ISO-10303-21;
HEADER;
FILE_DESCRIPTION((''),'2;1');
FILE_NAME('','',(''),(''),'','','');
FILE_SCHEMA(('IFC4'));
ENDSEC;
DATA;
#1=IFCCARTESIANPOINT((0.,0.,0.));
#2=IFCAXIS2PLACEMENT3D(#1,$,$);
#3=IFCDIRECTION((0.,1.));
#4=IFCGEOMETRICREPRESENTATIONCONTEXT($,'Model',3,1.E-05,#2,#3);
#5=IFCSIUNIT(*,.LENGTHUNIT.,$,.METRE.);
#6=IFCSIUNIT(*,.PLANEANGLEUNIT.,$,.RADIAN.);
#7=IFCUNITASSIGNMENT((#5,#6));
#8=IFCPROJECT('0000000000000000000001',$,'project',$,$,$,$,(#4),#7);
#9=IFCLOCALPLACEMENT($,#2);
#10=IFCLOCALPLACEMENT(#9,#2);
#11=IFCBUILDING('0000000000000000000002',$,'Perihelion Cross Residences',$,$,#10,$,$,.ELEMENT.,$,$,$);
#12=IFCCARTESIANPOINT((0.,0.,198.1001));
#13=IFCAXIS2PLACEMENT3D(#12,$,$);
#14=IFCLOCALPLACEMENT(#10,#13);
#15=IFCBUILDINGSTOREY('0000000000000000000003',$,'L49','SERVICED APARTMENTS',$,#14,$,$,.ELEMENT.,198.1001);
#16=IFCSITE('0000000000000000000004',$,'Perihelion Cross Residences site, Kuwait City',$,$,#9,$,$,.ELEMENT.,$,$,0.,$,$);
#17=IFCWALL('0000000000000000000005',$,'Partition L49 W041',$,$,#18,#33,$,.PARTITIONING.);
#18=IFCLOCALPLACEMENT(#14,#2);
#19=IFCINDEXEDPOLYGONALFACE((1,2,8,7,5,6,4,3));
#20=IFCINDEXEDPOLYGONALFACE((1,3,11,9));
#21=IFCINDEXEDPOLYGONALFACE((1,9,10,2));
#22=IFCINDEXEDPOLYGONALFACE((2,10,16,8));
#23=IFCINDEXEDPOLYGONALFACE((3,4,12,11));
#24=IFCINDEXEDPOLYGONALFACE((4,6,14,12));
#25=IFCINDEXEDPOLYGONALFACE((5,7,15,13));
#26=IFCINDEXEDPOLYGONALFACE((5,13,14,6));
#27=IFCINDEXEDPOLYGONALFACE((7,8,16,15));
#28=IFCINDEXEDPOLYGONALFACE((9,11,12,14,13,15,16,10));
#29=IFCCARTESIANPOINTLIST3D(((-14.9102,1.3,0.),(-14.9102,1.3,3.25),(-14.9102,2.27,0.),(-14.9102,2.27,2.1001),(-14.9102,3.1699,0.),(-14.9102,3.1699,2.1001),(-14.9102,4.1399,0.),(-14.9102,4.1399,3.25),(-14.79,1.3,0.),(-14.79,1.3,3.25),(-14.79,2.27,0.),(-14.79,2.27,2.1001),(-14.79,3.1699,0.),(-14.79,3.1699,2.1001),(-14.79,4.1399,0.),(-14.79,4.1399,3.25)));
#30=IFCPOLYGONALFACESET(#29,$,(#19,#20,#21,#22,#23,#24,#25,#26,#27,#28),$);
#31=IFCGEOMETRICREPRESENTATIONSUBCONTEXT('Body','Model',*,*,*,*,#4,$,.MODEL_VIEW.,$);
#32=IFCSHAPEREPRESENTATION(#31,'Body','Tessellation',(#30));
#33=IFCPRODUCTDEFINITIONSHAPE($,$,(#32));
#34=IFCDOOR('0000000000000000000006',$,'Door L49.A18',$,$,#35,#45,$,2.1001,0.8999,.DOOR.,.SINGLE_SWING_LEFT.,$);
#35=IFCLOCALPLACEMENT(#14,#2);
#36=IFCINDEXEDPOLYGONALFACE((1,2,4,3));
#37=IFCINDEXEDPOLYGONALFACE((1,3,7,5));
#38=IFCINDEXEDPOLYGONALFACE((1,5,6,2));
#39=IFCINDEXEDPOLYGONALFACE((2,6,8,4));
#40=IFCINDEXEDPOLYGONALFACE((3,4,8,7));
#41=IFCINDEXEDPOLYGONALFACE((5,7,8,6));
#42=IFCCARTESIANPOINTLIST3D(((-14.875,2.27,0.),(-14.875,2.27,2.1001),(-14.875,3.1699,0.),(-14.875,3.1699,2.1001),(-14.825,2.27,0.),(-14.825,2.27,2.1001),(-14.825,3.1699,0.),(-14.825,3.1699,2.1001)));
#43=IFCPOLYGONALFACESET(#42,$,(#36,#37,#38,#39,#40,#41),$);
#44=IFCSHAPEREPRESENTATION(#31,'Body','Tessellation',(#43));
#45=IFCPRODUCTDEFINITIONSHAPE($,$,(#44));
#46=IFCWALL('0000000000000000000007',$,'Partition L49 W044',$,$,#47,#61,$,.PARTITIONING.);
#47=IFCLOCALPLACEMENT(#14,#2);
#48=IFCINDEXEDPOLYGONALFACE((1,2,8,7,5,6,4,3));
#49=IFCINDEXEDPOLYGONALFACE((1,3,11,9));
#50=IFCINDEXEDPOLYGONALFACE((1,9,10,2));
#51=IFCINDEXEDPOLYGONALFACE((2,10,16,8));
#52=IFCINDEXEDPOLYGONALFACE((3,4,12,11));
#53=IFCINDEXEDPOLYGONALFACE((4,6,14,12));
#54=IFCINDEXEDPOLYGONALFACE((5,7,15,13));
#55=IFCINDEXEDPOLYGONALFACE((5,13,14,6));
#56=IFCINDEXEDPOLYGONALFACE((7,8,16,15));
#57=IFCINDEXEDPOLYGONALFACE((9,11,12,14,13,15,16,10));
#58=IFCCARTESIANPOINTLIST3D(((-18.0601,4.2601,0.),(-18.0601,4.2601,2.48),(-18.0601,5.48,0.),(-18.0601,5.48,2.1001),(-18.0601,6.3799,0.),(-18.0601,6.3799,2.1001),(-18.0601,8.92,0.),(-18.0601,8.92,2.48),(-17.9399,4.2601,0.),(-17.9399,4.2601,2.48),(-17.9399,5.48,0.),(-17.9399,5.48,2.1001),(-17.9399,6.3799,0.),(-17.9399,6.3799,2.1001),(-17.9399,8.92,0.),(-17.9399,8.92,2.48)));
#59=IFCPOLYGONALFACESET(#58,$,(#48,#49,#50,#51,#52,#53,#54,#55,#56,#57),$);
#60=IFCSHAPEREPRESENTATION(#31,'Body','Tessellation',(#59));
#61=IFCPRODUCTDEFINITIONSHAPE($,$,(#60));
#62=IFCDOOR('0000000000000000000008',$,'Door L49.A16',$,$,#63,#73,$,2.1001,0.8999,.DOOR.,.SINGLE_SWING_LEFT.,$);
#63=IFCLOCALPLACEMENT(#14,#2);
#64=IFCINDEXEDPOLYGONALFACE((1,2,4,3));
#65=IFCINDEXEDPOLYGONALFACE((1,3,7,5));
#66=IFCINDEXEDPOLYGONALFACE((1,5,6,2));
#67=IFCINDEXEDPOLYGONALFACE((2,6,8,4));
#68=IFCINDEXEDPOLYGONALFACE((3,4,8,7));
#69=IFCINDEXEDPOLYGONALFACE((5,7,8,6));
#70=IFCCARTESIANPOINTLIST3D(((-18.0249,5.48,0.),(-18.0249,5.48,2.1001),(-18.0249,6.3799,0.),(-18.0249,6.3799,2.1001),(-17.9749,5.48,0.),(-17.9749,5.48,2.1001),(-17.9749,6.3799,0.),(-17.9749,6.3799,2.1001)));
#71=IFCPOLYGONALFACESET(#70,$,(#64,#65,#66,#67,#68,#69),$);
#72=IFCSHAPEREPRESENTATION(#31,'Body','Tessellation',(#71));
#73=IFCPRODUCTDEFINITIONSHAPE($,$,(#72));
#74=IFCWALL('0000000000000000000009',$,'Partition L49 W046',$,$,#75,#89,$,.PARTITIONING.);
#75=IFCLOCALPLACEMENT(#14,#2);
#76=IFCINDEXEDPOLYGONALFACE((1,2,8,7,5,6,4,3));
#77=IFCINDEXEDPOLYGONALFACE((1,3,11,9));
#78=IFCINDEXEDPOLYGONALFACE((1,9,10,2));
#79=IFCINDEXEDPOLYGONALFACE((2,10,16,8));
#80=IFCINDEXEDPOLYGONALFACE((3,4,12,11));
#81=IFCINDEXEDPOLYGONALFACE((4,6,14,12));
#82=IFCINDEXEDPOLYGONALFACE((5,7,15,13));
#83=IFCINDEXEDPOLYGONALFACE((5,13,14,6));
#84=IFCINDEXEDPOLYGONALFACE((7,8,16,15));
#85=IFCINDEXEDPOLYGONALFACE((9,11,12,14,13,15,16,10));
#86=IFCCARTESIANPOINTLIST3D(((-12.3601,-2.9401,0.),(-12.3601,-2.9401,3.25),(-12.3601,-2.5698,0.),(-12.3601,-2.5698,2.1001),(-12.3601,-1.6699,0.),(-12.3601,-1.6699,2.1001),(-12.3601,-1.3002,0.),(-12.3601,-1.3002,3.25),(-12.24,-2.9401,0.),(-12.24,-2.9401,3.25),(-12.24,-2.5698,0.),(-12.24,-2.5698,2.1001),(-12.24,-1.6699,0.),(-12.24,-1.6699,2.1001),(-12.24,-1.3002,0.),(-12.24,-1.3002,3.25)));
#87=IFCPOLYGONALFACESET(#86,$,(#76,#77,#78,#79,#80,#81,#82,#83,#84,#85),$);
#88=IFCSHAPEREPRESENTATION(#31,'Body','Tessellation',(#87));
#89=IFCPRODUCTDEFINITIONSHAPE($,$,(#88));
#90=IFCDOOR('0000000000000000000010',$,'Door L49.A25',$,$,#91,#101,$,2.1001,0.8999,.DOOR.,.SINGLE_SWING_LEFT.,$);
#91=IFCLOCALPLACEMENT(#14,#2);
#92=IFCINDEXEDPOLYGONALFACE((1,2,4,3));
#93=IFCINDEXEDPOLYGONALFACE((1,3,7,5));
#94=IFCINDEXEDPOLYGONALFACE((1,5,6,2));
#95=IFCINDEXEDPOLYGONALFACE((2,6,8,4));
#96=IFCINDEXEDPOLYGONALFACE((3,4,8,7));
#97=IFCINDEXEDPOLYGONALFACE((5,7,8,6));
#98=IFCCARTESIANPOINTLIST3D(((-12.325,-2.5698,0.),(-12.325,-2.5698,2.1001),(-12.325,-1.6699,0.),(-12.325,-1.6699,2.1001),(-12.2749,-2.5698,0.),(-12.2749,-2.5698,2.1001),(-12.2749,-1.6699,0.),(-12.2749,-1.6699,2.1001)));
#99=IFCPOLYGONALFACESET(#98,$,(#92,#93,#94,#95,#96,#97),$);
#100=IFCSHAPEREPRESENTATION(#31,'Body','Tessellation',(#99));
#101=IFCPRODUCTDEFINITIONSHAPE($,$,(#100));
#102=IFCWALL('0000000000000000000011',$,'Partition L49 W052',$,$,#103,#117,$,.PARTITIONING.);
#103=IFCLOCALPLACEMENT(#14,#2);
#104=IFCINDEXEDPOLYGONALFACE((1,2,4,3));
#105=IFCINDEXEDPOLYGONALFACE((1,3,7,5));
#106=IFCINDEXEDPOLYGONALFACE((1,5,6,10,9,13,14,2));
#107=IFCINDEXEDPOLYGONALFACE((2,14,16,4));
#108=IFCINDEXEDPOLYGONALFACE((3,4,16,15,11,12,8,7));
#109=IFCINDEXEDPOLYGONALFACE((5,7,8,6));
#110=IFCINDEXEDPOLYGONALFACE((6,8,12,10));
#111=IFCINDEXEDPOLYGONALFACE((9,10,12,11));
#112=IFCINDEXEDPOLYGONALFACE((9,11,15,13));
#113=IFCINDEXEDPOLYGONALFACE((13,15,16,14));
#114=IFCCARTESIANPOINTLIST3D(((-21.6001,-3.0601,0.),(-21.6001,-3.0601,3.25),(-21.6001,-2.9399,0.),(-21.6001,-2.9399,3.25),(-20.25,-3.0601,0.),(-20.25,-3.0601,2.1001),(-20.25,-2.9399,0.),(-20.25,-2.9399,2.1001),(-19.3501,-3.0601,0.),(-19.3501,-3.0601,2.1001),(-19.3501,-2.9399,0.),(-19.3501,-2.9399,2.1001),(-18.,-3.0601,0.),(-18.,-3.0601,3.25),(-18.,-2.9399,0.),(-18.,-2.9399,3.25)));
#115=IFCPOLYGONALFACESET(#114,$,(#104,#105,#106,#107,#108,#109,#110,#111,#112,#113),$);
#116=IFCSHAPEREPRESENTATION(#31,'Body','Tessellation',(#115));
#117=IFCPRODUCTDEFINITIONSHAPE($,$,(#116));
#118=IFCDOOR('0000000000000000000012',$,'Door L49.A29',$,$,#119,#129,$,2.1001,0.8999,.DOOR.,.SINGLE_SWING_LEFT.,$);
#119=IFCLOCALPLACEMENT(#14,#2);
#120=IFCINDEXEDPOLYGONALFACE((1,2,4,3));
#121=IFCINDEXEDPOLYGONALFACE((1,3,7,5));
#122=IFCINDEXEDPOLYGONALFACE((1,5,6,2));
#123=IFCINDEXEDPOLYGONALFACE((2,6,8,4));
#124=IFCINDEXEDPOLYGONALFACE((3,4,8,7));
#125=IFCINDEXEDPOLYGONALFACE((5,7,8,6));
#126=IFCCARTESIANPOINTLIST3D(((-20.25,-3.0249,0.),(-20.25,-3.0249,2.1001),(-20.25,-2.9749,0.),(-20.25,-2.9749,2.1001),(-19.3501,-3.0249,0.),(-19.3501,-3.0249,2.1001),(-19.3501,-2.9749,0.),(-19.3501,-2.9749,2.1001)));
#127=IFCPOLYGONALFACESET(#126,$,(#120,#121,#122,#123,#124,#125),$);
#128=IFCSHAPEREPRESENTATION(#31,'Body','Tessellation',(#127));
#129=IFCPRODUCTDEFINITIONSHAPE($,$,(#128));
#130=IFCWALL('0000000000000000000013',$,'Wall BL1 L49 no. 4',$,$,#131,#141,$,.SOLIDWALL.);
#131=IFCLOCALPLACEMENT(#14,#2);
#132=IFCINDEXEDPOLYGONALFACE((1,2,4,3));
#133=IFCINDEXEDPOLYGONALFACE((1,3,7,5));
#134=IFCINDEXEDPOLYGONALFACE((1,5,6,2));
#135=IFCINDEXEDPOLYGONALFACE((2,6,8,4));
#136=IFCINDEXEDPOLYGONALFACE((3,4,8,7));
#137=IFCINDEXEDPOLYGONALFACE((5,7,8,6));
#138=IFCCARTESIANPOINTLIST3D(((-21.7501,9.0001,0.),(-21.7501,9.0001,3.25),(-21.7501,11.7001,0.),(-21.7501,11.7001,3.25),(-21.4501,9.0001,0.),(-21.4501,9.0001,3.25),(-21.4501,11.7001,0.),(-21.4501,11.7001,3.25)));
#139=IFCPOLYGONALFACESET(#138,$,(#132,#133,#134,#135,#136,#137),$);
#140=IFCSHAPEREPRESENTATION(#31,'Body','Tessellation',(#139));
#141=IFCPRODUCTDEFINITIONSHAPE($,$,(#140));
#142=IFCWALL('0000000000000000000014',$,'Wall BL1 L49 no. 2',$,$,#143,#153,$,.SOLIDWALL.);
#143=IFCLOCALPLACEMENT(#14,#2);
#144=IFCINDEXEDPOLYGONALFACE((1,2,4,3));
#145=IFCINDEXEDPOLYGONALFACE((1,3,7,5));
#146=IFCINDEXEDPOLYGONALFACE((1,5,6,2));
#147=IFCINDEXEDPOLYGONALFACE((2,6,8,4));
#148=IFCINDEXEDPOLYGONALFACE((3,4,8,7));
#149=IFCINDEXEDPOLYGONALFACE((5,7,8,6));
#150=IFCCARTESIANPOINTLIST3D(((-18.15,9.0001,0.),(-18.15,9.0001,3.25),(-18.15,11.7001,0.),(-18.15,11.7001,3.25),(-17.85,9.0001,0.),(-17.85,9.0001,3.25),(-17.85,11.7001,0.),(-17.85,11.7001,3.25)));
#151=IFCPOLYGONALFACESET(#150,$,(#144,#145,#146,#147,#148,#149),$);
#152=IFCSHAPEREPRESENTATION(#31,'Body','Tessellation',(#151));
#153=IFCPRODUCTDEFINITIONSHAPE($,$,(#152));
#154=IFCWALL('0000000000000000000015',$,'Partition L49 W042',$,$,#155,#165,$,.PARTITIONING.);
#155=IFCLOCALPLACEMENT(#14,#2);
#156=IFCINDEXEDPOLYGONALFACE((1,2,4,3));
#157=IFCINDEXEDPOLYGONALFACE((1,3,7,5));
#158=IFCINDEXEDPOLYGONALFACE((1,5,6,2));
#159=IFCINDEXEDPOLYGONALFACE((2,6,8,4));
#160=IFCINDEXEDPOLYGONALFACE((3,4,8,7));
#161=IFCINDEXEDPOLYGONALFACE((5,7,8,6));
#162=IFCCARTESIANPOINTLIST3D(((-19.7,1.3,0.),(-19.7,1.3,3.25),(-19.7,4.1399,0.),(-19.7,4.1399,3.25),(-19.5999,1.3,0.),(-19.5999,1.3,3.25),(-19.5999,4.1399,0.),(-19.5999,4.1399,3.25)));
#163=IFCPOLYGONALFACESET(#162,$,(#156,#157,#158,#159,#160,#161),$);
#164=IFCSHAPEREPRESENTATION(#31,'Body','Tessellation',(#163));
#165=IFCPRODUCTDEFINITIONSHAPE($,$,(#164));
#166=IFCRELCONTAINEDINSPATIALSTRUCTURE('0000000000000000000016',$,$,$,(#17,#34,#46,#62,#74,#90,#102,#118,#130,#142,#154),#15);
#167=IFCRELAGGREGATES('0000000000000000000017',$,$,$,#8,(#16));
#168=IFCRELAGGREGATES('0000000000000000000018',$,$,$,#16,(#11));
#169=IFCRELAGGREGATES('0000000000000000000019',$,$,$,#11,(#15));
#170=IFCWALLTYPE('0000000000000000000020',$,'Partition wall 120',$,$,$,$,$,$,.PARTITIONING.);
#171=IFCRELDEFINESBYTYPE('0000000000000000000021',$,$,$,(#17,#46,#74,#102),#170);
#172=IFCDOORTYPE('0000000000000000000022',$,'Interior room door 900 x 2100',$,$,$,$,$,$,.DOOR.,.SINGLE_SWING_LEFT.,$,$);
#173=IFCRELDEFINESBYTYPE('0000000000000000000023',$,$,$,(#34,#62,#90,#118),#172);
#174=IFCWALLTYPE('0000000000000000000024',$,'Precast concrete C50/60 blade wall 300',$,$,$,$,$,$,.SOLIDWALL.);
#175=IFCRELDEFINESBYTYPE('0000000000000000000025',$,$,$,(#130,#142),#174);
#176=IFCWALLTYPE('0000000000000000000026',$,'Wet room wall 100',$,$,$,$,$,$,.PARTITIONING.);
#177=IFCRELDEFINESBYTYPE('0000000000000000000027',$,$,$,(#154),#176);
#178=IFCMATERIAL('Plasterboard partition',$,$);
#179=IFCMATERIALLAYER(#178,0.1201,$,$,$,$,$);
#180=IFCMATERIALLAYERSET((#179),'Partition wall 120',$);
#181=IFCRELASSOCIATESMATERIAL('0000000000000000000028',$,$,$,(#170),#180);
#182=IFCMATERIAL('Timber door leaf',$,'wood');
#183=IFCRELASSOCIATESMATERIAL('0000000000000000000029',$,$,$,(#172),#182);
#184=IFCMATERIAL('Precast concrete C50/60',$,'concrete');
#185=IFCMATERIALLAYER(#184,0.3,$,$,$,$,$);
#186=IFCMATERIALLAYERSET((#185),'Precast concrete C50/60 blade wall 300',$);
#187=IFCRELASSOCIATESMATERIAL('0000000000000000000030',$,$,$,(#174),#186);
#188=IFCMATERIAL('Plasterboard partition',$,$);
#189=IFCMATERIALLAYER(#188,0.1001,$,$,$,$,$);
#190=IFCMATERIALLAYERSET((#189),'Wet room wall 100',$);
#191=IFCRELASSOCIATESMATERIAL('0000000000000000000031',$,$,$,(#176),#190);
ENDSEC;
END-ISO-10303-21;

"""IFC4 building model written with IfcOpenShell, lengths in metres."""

from ifc_helpers import new_model, si_unit, direction, frame, frame_2d, origin, place, context, subcontext, project, spatial, rectangle, extrude, material, layer, layer_set, type_object, element, fill, save


model = new_model("IFC4")

# Units and contexts
model_context = context("Model", 3, precision=1e-05, world=origin(), true_north=direction((0.0, 1.0)))
body_context = subcontext(model_context, "Body", "Model", "MODEL_VIEW")
ifc_project = project(units=[si_unit("LENGTHUNIT", "METRE"), si_unit("PLANEANGLEUNIT", "RADIAN")], contexts=[model_context])

# Site, building, storey
site_placement = place(None, origin())
site = spatial("IfcSite", under=ifc_project, at=site_placement, Name="Perihelion Cross Residences site, Kuwait City", CompositionType="ELEMENT", RefElevation=0.0)
building_placement = place(site_placement, origin())
building = spatial("IfcBuilding", under=site, at=building_placement, Name="Perihelion Cross Residences", CompositionType="ELEMENT")
storey_placement = place(building_placement, frame((0.0, 0.0, 198.1001)))
storey = spatial("IfcBuildingStorey", under=building, at=storey_placement, Name="L49", Description="SERVICED APARTMENTS", CompositionType="ELEMENT", Elevation=198.1001)

# Walls, openings, doors
ifc_material_1 = material(Name="Plasterboard partition")
ifc_layer_1 = layer(ifc_material_1, 0.1201)
ifc_layer_set_1 = layer_set([ifc_layer_1], Name="Partition wall 120")
wall_type_1 = type_object("IfcWallType", Name="Partition wall 120", PredefinedType="PARTITIONING", material=ifc_layer_set_1)
ifc_material_2 = material(Name="Timber door leaf", Category="wood")
door_type_1 = type_object("IfcDoorType", Name="Interior room door 900 x 2100", OperationType="SINGLE_SWING_LEFT", PredefinedType="DOOR", material=ifc_material_2)
wall_1_placement = place(storey_placement, frame((-14.8501, 1.3, 0.0), z_axis=(0.0, 0.0, 1.0), x_axis=(0.0, 1.0, 0.0)))
wall_1 = element("IfcWall", 1, at=wall_1_placement, inside=storey, type_object=wall_type_1, Name="Partition L49 W041", PredefinedType="PARTITIONING", context=body_context, shape_type="SweptSolid", body=[
    extrude(rectangle(XDim=2.8398, YDim=0.1201, at=frame_2d((1.4199, 0.0))), origin(), (0.0, 0.0, 1.0), 3.25),
])
opening_1_placement = place(wall_1_placement, frame((0.97, 0.0, 0.0)))
opening_1 = element("IfcOpeningElement", 2, at=opening_1_placement, cuts=wall_1, PredefinedType="OPENING", context=body_context, shape_type="SweptSolid", body=[
    extrude(rectangle(XDim=0.8999, YDim=2.1001, at=frame_2d((0.45, 1.05))), frame((0.0, 0.0701, 0.0), z_axis=(0.0, -1.0, 0.0), x_axis=(1.0, 0.0, 0.0)), (0.0, 0.0, 1.0), 0.1401),
])
door_1_placement = place(opening_1_placement, origin())
door_1 = element("IfcDoor", 3, at=door_1_placement, inside=storey, type_object=door_type_1, Name="Door L49.A18", OperationType="SINGLE_SWING_LEFT", OverallHeight=2.1001, OverallWidth=0.8999, PredefinedType="DOOR", context=body_context, shape_type="SweptSolid", body=[
    extrude(rectangle(XDim=0.8999, YDim=2.1001, at=frame_2d((0.45, 1.05))), frame((0.0, 0.0249, 0.0), z_axis=(0.0, -1.0, 0.0), x_axis=(1.0, 0.0, 0.0)), (0.0, 0.0, 1.0), 0.05),
])
fill(opening_1, door_1)
wall_2_placement = place(storey_placement, frame((-18.0, 4.26, 0.0), z_axis=(0.0, 0.0, 1.0), x_axis=(0.0, 1.0, 0.0)))
wall_2 = element("IfcWall", 4, at=wall_2_placement, inside=storey, type_object=wall_type_1, Name="Partition L49 W044", PredefinedType="PARTITIONING", context=body_context, shape_type="SweptSolid", body=[
    extrude(rectangle(XDim=4.6599, YDim=0.1201, at=frame_2d((2.3301, 0.0))), origin(), (0.0, 0.0, 1.0), 2.48),
])
opening_2_placement = place(wall_2_placement, frame((1.22, 0.0, 0.0)))
opening_2 = element("IfcOpeningElement", 5, at=opening_2_placement, cuts=wall_2, PredefinedType="OPENING", context=body_context, shape_type="SweptSolid", body=[
    extrude(rectangle(XDim=0.8999, YDim=2.1001, at=frame_2d((0.45, 1.05))), frame((0.0, 0.0701, 0.0), z_axis=(0.0, -1.0, 0.0), x_axis=(1.0, 0.0, 0.0)), (0.0, 0.0, 1.0), 0.1401),
])
door_2_placement = place(opening_2_placement, origin())
door_2 = element("IfcDoor", 6, at=door_2_placement, inside=storey, type_object=door_type_1, Name="Door L49.A16", OperationType="SINGLE_SWING_LEFT", OverallHeight=2.1001, OverallWidth=0.8999, PredefinedType="DOOR", context=body_context, shape_type="SweptSolid", body=[
    extrude(rectangle(XDim=0.8999, YDim=2.1001, at=frame_2d((0.45, 1.05))), frame((0.0, 0.0249, 0.0), z_axis=(0.0, -1.0, 0.0), x_axis=(1.0, 0.0, 0.0)), (0.0, 0.0, 1.0), 0.05),
])
fill(opening_2, door_2)
wall_3_placement = place(storey_placement, frame((-12.3, -2.9399, 0.0), z_axis=(0.0, 0.0, 1.0), x_axis=(0.0, 1.0, 0.0)))
wall_3 = element("IfcWall", 7, at=wall_3_placement, inside=storey, type_object=wall_type_1, Name="Partition L49 W046", PredefinedType="PARTITIONING", context=body_context, shape_type="SweptSolid", body=[
    extrude(rectangle(XDim=1.6399, YDim=0.1201, at=frame_2d((0.8198, 0.0))), origin(), (0.0, 0.0, 1.0), 3.25),
])
opening_3_placement = place(wall_3_placement, frame((0.3701, 0.0, 0.0)))
opening_3 = element("IfcOpeningElement", 8, at=opening_3_placement, cuts=wall_3, PredefinedType="OPENING", context=body_context, shape_type="SweptSolid", body=[
    extrude(rectangle(XDim=0.8999, YDim=2.1001, at=frame_2d((0.45, 1.05))), frame((0.0, 0.0701, 0.0), z_axis=(0.0, -1.0, 0.0), x_axis=(1.0, 0.0, 0.0)), (0.0, 0.0, 1.0), 0.1401),
])
door_3_placement = place(opening_3_placement, origin())
door_3 = element("IfcDoor", 9, at=door_3_placement, inside=storey, type_object=door_type_1, Name="Door L49.A25", OperationType="SINGLE_SWING_LEFT", OverallHeight=2.1001, OverallWidth=0.8999, PredefinedType="DOOR", context=body_context, shape_type="SweptSolid", body=[
    extrude(rectangle(XDim=0.8999, YDim=2.1001, at=frame_2d((0.45, 1.05))), frame((0.0, 0.0249, 0.0), z_axis=(0.0, -1.0, 0.0), x_axis=(1.0, 0.0, 0.0)), (0.0, 0.0, 1.0), 0.05),
])
fill(opening_3, door_3)
wall_4_placement = place(storey_placement, frame((-18.0, -3.0, 0.0), z_axis=(0.0, 0.0, 1.0), x_axis=(-1.0, 0.0, 0.0)))
wall_4 = element("IfcWall", 10, at=wall_4_placement, inside=storey, type_object=wall_type_1, Name="Partition L49 W052", PredefinedType="PARTITIONING", context=body_context, shape_type="SweptSolid", body=[
    extrude(rectangle(XDim=3.6001, YDim=0.1201, at=frame_2d((1.8, 0.0))), origin(), (0.0, 0.0, 1.0), 3.25),
])
opening_4_placement = place(wall_4_placement, frame((1.3501, 0.0, 0.0)))
opening_4 = element("IfcOpeningElement", 11, at=opening_4_placement, cuts=wall_4, PredefinedType="OPENING", context=body_context, shape_type="SweptSolid", body=[
    extrude(rectangle(XDim=0.8999, YDim=2.1001, at=frame_2d((0.45, 1.05))), frame((0.0, 0.0701, 0.0), z_axis=(0.0, -1.0, 0.0), x_axis=(1.0, 0.0, 0.0)), (0.0, 0.0, 1.0), 0.1401),
])
door_4_placement = place(opening_4_placement, origin())
door_4 = element("IfcDoor", 12, at=door_4_placement, inside=storey, type_object=door_type_1, Name="Door L49.A29", OperationType="SINGLE_SWING_LEFT", OverallHeight=2.1001, OverallWidth=0.8999, PredefinedType="DOOR", context=body_context, shape_type="SweptSolid", body=[
    extrude(rectangle(XDim=0.8999, YDim=2.1001, at=frame_2d((0.45, 1.05))), frame((0.0, 0.0249, 0.0), z_axis=(0.0, -1.0, 0.0), x_axis=(1.0, 0.0, 0.0)), (0.0, 0.0, 1.0), 0.05),
])
fill(opening_4, door_4)

# Walls
ifc_material_3 = material(Name="Precast concrete C50/60", Category="concrete")
ifc_layer_2 = layer(ifc_material_3, 0.3)
ifc_layer_set_2 = layer_set([ifc_layer_2], Name="Precast concrete C50/60 blade wall 300")
wall_type_2 = type_object("IfcWallType", Name="Precast concrete C50/60 blade wall 300", PredefinedType="SOLIDWALL", material=ifc_layer_set_2)
for number, where, z_axis, x_axis, name in (
    (13, (-21.6001, 9.0, 0.0), (0.0, 0.0, 1.0), (0.0, 1.0, 0.0), "Wall BL1 L49 no. 4"),
    (14, (-18.0, 9.0, 0.0), (0.0, 0.0, 1.0), (0.0, 1.0, 0.0), "Wall BL1 L49 no. 2"),
):
    element("IfcWall", number, at=place(storey_placement, frame(where, z_axis=z_axis, x_axis=x_axis)), inside=storey, type_object=wall_type_2, Name=name, PredefinedType="SOLIDWALL", context=body_context, shape_type="SweptSolid", body=[
        extrude(rectangle(XDim=2.7, YDim=0.3, at=frame_2d((1.3501, 0.0))), origin(), (0.0, 0.0, 1.0), 3.25),
    ])
ifc_material_4 = material(Name="Plasterboard partition")
ifc_layer_3 = layer(ifc_material_4, 0.1001)
ifc_layer_set_3 = layer_set([ifc_layer_3], Name="Wet room wall 100")
wall_type_3 = type_object("IfcWallType", Name="Wet room wall 100", PredefinedType="PARTITIONING", material=ifc_layer_set_3)
wall_5_placement = place(storey_placement, frame((-19.6499, 1.3, 0.0), z_axis=(0.0, 0.0, 1.0), x_axis=(0.0, 1.0, 0.0)))
element("IfcWall", 15, at=wall_5_placement, inside=storey, type_object=wall_type_3, Name="Partition L49 W042", PredefinedType="PARTITIONING", context=body_context, shape_type="SweptSolid", body=[
    extrude(rectangle(XDim=2.8398, YDim=0.1001, at=frame_2d((1.4199, 0.0))), origin(), (0.0, 0.0, 1.0), 3.25),
])

save(model, "model.ifc")
